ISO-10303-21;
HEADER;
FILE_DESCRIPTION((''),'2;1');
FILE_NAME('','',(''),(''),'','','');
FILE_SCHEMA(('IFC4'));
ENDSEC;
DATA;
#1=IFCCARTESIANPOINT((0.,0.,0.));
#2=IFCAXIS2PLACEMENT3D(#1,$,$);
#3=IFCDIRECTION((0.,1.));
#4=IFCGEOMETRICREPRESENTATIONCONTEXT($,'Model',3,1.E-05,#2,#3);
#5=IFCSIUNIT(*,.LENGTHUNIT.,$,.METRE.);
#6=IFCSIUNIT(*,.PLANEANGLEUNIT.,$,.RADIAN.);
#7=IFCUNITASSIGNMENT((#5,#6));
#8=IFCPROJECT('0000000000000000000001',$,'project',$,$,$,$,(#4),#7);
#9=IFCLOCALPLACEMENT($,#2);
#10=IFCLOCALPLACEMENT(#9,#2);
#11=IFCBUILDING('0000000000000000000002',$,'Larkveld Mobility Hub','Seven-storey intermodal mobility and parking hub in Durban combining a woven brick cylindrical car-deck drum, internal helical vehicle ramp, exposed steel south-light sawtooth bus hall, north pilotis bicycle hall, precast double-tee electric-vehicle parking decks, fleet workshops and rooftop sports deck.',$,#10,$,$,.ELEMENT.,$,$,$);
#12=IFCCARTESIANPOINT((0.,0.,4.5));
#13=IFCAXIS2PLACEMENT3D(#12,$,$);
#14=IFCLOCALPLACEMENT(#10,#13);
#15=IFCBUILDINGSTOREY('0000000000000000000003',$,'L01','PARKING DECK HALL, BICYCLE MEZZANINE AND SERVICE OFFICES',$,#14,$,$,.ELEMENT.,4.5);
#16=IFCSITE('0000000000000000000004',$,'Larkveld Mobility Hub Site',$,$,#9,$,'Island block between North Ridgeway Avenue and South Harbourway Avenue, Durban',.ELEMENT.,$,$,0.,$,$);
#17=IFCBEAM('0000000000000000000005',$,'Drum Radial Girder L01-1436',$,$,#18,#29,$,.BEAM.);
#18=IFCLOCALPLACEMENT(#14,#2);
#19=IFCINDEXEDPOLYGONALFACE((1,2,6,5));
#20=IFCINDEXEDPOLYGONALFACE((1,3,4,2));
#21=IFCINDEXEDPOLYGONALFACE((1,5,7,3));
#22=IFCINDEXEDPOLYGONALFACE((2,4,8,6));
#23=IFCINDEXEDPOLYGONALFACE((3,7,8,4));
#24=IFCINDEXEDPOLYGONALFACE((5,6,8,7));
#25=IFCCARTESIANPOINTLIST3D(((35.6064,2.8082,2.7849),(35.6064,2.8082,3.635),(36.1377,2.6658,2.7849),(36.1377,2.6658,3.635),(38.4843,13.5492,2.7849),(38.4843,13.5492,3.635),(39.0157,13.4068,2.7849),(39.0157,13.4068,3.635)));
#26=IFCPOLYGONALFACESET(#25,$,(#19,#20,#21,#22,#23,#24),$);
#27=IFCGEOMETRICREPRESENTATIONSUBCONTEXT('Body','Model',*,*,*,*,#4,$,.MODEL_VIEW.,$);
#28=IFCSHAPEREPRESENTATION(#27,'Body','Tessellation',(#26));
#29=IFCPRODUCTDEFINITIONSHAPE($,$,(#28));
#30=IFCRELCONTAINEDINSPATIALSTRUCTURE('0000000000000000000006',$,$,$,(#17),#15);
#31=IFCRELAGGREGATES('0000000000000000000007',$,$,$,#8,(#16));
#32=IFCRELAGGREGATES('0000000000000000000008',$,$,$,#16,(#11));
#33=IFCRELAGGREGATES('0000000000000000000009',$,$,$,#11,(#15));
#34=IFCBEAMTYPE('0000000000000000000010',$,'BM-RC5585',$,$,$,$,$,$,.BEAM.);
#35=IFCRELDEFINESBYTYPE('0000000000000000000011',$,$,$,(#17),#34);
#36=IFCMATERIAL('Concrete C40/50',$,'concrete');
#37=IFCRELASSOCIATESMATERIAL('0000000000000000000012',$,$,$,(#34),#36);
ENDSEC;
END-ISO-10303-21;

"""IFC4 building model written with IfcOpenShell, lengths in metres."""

from ifc_helpers import new_model, si_unit, direction, frame, origin, origin_2d, place, context, subcontext, project, spatial, rectangle, extrude, material, material_profile, profile_set, type_object, element, save


model = new_model("IFC4")

# Units and contexts
model_context = context("Model", 3, precision=1e-05, world=origin(), true_north=direction((0.0, 1.0)))
body_context = subcontext(model_context, "Body", "Model", "MODEL_VIEW")
ifc_project = project(units=[si_unit("LENGTHUNIT", "METRE"), si_unit("PLANEANGLEUNIT", "RADIAN")], contexts=[model_context])

# Site, building, storey
site_placement = place(None, origin())
site = spatial("IfcSite", under=ifc_project, at=site_placement, Name="Larkveld Mobility Hub Site", LongName="Island block between North Ridgeway Avenue and South Harbourway Avenue, Durban", CompositionType="ELEMENT", RefElevation=0.0)
building_placement = place(site_placement, origin())
building = spatial("IfcBuilding", under=site, at=building_placement, Name="Larkveld Mobility Hub", Description="Seven-storey intermodal mobility and parking hub in Durban combining a woven brick cylindrical car-deck drum, internal helical vehicle ramp, exposed steel south-light sawtooth bus hall, north pilotis bicycle hall, precast double-tee electric-vehicle parking decks, fleet workshops and rooftop sports deck.", CompositionType="ELEMENT")
storey_placement = place(building_placement, frame((0.0, 0.0, 4.5)))
storey = spatial("IfcBuildingStorey", under=building, at=storey_placement, Name="L01", Description="PARKING DECK HALL, BICYCLE MEZZANINE AND SERVICE OFFICES", CompositionType="ELEMENT", Elevation=4.5)

# Shared definitions
ifc_material = material(Name="Concrete C40/50", Category="concrete")

# Beam
ifc_material_profile_1 = material_profile(ifc_material, rectangle(XDim=0.55, YDim=0.8501, at=origin_2d()), Name="RC BM 550x850")
ifc_profile_set_1 = profile_set([ifc_material_profile_1], Name="Concrete C40/50")
beam_type_1 = type_object("IfcBeamType", Name="BM-RC5585", PredefinedType="BEAM", material=ifc_profile_set_1)
for number, where, z_axis, x_axis, name in (
    (1, (38.75, 13.478, 3.21), (-0.25881, -0.965928, 0.0), (0.965928, -0.25881, 0.0), "Drum Radial Girder L01-1436"),
):
    element("IfcBeam", number, at=place(storey_placement, frame(where, z_axis=z_axis, x_axis=x_axis)), inside=storey, type_object=beam_type_1, Name=name, PredefinedType="BEAM", context=body_context, shape_type="SweptSolid", body=[
        extrude(rectangle(XDim=0.55, YDim=0.8501, at=origin_2d()), origin(), (0.0, 0.0, 1.0), 11.1199),
    ])

save(model, "model.ifc")
